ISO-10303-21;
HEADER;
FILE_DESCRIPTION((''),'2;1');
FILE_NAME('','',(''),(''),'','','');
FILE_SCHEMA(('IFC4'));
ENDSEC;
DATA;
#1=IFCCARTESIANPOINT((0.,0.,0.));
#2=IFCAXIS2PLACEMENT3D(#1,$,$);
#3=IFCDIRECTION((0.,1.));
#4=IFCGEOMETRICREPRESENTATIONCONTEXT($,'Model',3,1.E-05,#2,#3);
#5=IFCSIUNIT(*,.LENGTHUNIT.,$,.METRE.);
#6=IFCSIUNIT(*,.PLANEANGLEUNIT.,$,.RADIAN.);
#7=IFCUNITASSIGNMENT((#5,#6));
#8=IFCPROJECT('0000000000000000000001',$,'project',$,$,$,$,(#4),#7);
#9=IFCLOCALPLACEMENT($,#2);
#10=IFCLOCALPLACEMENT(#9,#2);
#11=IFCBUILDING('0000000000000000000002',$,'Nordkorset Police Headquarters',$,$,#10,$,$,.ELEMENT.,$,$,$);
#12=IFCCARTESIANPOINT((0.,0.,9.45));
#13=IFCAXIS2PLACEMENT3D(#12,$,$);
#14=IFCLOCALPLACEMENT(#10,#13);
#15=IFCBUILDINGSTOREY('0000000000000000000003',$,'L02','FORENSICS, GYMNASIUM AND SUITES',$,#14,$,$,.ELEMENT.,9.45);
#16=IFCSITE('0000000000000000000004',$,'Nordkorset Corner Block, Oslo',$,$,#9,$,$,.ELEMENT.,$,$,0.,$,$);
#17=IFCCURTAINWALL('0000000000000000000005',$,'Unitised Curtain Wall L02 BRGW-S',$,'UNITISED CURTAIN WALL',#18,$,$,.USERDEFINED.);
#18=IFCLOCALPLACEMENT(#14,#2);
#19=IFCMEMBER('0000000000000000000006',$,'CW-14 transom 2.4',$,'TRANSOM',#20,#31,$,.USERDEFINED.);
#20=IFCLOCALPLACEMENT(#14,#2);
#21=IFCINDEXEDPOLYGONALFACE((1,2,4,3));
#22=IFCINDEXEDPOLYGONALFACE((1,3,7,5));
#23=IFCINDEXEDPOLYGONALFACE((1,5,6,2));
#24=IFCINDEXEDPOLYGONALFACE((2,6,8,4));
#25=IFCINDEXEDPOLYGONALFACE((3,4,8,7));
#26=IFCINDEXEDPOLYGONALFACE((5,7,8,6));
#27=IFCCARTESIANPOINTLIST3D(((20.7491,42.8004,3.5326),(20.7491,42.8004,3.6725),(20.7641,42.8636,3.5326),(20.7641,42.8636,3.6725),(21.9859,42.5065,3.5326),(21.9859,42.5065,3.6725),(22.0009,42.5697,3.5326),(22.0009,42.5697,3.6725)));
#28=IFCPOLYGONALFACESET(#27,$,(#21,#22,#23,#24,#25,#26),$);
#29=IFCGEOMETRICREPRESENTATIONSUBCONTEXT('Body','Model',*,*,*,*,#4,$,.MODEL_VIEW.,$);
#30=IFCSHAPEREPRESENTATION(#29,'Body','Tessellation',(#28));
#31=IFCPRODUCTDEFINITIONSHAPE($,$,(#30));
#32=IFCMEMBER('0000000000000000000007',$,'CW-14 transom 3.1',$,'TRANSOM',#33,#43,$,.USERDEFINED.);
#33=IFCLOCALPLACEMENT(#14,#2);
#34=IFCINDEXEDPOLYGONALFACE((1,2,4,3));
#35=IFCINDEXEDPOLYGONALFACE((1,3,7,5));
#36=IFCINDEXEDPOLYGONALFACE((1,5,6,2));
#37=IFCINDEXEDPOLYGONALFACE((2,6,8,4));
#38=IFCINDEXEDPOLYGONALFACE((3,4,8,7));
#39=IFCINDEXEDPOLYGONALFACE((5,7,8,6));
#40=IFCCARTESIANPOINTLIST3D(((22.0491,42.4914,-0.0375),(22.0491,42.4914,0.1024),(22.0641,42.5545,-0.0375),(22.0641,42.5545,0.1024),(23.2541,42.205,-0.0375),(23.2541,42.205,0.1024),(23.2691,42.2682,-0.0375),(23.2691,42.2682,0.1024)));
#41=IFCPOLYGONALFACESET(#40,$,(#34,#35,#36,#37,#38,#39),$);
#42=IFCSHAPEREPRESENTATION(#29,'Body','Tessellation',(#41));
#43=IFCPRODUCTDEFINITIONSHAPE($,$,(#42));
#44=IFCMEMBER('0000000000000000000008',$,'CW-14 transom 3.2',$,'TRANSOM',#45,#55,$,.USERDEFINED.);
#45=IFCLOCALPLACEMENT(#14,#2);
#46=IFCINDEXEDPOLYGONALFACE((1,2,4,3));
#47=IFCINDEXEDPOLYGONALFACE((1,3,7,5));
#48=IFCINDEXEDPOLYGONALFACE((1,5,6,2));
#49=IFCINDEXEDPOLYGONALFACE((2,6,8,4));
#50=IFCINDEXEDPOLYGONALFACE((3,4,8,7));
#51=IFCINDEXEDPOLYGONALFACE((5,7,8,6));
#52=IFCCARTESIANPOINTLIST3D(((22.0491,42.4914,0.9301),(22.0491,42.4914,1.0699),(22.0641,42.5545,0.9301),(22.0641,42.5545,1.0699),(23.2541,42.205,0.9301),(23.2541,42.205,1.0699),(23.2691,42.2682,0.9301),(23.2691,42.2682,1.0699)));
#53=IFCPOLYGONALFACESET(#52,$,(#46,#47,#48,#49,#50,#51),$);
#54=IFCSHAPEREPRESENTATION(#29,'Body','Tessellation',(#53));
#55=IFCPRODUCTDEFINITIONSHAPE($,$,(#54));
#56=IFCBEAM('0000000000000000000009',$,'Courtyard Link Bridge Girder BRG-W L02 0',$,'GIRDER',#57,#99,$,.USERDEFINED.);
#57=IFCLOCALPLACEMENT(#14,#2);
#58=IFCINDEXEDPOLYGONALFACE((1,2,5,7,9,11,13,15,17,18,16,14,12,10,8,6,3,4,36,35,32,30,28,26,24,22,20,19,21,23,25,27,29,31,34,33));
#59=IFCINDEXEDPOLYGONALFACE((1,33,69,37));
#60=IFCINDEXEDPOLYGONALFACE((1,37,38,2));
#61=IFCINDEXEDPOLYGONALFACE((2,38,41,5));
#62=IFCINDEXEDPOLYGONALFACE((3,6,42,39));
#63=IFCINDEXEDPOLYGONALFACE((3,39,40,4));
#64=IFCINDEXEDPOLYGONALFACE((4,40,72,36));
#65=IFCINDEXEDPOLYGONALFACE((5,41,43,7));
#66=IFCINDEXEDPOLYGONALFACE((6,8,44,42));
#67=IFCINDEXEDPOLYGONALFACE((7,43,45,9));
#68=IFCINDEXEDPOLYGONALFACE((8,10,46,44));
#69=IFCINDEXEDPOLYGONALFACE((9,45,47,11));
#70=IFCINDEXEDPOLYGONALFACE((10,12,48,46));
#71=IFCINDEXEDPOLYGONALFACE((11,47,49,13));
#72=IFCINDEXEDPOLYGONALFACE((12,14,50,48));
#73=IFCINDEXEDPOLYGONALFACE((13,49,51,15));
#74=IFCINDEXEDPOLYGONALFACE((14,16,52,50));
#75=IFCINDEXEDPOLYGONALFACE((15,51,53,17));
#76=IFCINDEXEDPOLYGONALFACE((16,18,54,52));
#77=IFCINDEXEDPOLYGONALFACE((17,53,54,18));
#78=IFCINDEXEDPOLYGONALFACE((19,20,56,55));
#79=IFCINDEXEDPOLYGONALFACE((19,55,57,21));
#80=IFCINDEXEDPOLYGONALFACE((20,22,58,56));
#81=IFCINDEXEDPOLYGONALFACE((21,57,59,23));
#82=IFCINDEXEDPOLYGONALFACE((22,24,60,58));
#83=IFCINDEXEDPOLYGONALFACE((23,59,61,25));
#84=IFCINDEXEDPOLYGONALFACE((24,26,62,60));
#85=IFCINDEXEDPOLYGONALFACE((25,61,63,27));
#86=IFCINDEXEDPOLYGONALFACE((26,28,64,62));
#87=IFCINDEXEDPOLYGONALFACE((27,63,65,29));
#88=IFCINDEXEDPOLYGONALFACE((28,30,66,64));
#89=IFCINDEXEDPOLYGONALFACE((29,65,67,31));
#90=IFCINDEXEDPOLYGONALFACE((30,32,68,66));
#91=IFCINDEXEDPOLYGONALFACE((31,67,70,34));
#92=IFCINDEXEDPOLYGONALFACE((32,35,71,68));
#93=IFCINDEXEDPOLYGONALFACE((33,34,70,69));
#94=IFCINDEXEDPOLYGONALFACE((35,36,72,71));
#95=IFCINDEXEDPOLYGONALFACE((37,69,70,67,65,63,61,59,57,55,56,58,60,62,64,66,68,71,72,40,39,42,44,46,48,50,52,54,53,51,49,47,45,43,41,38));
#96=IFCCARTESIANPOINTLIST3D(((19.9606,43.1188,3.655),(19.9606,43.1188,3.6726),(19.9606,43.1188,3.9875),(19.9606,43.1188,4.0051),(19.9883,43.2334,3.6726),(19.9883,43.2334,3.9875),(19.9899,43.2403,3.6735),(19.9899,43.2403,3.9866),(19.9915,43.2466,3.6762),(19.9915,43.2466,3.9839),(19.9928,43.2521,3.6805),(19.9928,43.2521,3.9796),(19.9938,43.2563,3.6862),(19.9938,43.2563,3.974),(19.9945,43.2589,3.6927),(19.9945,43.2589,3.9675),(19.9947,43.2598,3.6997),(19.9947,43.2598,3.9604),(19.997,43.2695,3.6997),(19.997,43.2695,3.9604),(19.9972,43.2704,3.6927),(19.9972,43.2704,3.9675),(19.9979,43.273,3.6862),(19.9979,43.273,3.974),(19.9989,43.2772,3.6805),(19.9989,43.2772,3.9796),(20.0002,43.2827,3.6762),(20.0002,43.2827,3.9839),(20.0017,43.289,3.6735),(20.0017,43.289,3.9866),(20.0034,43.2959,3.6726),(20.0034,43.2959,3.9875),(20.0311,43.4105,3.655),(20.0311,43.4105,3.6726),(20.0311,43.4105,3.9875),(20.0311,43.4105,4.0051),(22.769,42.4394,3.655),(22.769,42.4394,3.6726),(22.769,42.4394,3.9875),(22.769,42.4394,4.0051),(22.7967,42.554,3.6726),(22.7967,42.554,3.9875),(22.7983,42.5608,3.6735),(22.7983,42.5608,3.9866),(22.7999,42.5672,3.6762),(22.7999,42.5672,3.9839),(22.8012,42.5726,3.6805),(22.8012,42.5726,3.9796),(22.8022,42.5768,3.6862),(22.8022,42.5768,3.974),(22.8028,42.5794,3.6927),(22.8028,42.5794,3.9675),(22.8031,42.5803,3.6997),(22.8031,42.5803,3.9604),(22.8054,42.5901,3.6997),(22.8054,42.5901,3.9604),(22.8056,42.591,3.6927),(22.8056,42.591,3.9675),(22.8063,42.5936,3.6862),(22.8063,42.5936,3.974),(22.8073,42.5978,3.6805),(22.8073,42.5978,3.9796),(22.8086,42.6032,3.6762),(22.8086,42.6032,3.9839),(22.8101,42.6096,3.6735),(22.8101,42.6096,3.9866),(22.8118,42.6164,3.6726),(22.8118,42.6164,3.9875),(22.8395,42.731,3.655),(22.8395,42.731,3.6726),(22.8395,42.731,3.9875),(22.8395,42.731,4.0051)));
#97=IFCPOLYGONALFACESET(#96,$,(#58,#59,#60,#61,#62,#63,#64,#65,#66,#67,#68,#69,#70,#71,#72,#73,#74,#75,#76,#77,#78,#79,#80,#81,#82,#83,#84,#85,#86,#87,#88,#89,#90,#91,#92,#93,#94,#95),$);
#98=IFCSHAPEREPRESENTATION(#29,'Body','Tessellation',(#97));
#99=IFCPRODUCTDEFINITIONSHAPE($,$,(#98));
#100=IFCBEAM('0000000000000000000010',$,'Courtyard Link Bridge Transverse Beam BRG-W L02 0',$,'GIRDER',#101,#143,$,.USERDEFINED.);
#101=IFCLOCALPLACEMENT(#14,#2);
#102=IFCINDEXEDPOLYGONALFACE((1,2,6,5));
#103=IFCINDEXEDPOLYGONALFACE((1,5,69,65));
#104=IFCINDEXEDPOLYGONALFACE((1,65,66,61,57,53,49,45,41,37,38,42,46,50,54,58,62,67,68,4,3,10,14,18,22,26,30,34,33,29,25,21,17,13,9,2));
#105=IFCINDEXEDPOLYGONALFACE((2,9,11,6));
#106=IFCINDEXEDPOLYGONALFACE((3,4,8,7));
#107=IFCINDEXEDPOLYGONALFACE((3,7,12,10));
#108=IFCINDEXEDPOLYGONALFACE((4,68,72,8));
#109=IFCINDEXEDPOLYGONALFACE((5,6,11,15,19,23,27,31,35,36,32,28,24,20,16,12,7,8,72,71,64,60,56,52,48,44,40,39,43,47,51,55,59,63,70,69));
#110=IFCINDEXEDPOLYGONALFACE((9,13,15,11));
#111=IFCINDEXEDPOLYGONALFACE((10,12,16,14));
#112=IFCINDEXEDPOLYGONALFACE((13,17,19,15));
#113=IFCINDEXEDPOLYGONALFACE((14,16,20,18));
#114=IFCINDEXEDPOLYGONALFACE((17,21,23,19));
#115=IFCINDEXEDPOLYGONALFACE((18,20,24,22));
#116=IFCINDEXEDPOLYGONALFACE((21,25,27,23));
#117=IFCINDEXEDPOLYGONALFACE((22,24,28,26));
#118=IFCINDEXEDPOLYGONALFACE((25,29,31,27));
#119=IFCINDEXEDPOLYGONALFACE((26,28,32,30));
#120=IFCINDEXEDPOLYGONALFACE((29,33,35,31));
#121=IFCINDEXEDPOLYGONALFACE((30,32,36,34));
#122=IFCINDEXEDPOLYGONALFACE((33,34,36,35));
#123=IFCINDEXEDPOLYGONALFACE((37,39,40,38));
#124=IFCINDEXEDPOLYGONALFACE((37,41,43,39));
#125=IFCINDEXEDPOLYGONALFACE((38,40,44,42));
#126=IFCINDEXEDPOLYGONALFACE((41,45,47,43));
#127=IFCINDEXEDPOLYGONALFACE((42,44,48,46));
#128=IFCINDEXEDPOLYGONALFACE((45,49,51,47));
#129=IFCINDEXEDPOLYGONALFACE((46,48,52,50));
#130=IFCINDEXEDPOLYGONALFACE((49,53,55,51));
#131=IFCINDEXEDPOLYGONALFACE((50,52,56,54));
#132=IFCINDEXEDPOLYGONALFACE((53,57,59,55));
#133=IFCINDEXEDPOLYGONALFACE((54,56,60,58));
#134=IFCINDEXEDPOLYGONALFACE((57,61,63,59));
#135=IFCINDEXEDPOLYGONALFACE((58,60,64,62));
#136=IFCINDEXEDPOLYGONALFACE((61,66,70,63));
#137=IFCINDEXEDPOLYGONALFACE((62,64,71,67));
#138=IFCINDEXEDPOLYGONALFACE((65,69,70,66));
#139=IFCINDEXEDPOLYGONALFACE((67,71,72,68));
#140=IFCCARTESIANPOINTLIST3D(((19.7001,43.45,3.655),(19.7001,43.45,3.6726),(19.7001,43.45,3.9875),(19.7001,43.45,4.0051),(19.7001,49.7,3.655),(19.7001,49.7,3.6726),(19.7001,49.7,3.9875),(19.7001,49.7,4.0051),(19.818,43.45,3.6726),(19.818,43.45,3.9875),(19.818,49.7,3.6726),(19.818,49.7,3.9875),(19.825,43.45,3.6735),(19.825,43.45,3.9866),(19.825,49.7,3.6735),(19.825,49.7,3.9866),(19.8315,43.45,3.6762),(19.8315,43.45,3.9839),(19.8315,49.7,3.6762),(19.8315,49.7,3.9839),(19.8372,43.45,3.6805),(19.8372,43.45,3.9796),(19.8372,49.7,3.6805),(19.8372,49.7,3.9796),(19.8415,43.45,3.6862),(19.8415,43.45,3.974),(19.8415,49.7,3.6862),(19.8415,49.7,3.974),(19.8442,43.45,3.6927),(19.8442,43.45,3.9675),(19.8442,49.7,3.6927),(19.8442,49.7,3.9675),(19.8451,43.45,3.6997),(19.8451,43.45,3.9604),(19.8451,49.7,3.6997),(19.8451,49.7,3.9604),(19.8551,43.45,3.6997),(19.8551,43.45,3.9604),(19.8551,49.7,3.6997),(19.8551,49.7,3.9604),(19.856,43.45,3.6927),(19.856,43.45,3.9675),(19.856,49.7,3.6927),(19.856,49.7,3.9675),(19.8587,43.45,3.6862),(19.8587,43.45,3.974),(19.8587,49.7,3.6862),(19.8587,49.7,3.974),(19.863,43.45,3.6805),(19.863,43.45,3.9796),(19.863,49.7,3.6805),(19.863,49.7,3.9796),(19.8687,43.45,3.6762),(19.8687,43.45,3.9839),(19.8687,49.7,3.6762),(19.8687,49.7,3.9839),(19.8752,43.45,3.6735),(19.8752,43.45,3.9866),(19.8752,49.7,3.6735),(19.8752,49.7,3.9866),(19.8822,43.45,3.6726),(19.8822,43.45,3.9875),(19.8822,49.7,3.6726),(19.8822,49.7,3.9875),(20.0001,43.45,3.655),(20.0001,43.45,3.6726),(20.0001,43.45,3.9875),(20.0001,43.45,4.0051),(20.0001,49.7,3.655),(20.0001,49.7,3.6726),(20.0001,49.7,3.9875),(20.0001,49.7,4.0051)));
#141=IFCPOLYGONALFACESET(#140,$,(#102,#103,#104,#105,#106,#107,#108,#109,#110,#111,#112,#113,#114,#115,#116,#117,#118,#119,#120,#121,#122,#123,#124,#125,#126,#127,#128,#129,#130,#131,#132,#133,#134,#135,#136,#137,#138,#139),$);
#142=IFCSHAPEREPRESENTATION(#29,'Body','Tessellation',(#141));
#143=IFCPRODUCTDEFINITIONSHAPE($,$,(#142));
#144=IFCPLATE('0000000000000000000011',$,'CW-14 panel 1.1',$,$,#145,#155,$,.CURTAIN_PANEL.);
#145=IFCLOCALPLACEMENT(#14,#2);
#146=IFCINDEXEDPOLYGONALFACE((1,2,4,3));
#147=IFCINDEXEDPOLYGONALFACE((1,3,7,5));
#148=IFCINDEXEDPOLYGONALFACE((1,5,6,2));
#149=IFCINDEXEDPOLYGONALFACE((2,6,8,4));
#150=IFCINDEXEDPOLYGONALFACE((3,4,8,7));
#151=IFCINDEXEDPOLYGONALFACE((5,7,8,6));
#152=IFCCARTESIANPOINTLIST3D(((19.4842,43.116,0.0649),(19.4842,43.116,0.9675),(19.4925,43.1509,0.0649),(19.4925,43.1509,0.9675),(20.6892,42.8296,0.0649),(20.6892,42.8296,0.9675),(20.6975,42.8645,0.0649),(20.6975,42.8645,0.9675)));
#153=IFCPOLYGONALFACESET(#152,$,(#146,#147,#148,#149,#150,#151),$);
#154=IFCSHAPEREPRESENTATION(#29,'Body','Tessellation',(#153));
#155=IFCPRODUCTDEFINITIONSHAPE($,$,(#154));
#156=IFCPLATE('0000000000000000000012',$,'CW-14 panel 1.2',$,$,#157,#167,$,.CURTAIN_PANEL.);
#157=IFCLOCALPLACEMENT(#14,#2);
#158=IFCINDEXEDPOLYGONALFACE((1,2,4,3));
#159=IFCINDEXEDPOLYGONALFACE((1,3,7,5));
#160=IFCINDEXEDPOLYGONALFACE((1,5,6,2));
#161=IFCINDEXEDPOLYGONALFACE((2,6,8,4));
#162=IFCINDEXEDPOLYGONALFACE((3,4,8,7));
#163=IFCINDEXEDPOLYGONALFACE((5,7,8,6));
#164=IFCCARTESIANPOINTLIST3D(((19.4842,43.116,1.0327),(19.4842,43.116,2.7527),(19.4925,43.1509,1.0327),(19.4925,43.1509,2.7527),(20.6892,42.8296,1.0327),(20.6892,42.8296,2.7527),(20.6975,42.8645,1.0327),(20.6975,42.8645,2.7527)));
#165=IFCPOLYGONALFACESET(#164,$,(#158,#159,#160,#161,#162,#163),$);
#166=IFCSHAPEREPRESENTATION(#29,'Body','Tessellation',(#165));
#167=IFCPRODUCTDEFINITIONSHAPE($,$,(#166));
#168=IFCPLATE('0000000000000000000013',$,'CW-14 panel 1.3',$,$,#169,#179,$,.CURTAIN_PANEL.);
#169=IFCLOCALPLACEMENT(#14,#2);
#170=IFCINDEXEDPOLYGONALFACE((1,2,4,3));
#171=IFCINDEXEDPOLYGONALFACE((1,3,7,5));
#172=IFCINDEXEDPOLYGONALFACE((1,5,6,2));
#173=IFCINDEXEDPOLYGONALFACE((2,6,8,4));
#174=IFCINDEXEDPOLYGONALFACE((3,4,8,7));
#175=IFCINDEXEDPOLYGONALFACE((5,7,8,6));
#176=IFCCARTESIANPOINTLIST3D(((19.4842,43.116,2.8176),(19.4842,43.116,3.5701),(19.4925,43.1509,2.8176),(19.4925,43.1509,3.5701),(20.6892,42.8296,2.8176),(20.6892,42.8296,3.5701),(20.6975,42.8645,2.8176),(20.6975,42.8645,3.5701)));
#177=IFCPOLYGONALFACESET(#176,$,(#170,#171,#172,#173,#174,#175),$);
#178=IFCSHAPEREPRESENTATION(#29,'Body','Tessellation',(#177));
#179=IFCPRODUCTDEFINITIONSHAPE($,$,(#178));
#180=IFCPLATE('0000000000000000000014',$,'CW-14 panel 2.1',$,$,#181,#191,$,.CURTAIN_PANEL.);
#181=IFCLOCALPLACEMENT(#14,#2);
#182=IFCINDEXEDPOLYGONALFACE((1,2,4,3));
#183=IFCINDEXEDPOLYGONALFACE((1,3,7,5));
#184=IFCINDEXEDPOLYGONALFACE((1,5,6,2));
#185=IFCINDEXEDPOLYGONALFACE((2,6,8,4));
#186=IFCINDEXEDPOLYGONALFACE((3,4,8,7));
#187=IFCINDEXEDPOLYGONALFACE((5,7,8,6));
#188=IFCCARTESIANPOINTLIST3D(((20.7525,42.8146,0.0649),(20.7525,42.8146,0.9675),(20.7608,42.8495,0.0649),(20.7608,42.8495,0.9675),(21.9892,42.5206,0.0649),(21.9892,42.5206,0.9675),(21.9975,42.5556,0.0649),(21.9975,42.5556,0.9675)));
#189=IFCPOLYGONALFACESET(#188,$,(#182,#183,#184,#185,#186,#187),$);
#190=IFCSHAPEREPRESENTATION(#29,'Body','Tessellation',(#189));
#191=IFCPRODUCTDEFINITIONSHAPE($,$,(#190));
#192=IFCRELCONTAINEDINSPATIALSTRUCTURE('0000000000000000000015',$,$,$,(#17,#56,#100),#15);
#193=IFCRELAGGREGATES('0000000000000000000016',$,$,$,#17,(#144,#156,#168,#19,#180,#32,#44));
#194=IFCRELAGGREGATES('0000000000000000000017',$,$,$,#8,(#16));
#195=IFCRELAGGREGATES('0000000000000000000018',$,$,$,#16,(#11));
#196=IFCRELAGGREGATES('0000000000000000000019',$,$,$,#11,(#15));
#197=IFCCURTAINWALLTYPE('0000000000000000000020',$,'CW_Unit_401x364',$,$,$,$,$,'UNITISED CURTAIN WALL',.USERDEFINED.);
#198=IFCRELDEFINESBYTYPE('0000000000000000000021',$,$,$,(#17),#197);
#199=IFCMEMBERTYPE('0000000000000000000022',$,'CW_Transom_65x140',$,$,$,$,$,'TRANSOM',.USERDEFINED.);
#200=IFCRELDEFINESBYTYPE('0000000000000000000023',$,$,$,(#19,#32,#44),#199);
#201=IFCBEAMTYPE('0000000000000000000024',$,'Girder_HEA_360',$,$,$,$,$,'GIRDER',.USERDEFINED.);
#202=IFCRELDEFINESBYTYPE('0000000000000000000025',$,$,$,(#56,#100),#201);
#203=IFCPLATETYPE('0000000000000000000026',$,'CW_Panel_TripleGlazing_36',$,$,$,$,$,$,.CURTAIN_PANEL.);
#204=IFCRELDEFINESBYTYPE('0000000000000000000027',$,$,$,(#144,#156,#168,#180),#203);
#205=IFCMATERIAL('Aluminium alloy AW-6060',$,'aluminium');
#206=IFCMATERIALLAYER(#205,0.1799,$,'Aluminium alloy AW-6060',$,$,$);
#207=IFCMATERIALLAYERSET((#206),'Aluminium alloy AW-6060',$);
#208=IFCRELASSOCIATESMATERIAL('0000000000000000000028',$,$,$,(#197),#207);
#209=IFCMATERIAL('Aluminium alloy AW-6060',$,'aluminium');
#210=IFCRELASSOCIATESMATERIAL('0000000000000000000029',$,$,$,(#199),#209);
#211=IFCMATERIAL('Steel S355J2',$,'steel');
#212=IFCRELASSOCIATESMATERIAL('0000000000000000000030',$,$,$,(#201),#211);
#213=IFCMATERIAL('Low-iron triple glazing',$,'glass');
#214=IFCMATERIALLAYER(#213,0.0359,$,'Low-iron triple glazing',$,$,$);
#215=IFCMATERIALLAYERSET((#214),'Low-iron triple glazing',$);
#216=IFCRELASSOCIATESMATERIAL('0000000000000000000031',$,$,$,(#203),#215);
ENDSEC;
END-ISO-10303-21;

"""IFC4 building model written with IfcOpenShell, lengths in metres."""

from ifc_helpers import new_model, si_unit, direction, frame, origin, origin_2d, place, context, subcontext, project, spatial, rectangle, i_section, extrude, material, layer, layer_set, material_profile, profile_set, type_object, element, aggregate, save


model = new_model("IFC4")

# Units and contexts
model_context = context("Model", 3, precision=1e-05, world=origin(), true_north=direction((0.0, 1.0)))
body_context = subcontext(model_context, "Body", "Model", "MODEL_VIEW")
ifc_project = project(units=[si_unit("LENGTHUNIT", "METRE"), si_unit("PLANEANGLEUNIT", "RADIAN")], contexts=[model_context])

# Site, building, storey
site_placement = place(None, origin())
site = spatial("IfcSite", under=ifc_project, at=site_placement, Name="Nordkorset Corner Block, Oslo", CompositionType="ELEMENT", RefElevation=0.0)
building_placement = place(site_placement, origin())
building = spatial("IfcBuilding", under=site, at=building_placement, Name="Nordkorset Police Headquarters", CompositionType="ELEMENT")
storey_placement = place(building_placement, frame((0.0, 0.0, 9.45)))
storey = spatial("IfcBuildingStorey", under=building, at=storey_placement, Name="L02", Description="FORENSICS, GYMNASIUM AND SUITES", CompositionType="ELEMENT", Elevation=9.45)

# Curtain wall, members
ifc_material_1 = material(Name="Aluminium alloy AW-6060", Category="aluminium")
ifc_layer_1 = layer(ifc_material_1, 0.1799, Name="Aluminium alloy AW-6060")
ifc_layer_set_1 = layer_set([ifc_layer_1], Name="Aluminium alloy AW-6060")
curtain_wall_type = type_object("IfcCurtainWallType", Name="CW_Unit_401x364", ElementType="UNITISED CURTAIN WALL", PredefinedType="USERDEFINED", material=ifc_layer_set_1)
curtain_wall_placement = place(storey_placement, origin())
curtain_wall = element("IfcCurtainWall", 1, at=curtain_wall_placement, inside=storey, type_object=curtain_wall_type, Name="Unitised Curtain Wall L02 BRGW-S", ObjectType="UNITISED CURTAIN WALL", PredefinedType="USERDEFINED")
ifc_material_2 = material(Name="Aluminium alloy AW-6060", Category="aluminium")
ifc_material_profile_1 = material_profile(ifc_material_2, rectangle(XDim=0.0649, YDim=0.1399, at=origin_2d()), Name="ALU TRAN 65x140")
ifc_profile_set_1 = profile_set([ifc_material_profile_1], Name="Aluminium alloy AW-6060")
member_type_1 = type_object("IfcMemberType", Name="CW_Transom_65x140", ElementType="TRANSOM", PredefinedType="USERDEFINED", material=ifc_profile_set_1)
member_1_placement = place(storey_placement, frame((20.7566, 42.832, 3.6025), z_axis=(0.972901, -0.231222, 0.0), x_axis=(0.231222, 0.972901, 0.0)))
member_1 = element("IfcMember", 2, at=member_1_placement, type_object=member_type_1, Name="CW-14 transom 2.4", ObjectType="TRANSOM", PredefinedType="USERDEFINED", context=body_context, shape_type="SweptSolid", body=[
    extrude(rectangle(XDim=0.0649, YDim=0.1399, at=origin_2d()), origin(), (0.0, 0.0, 1.0), 1.2712),
])
member_2_placement = place(storey_placement, frame((22.0566, 42.5229, 0.0325), z_axis=(0.972906, -0.231203, 0.0), x_axis=(0.231203, 0.972906, 0.0)))
member_2 = element("IfcMember", 3, at=member_2_placement, type_object=member_type_1, Name="CW-14 transom 3.1", ObjectType="TRANSOM", PredefinedType="USERDEFINED", context=body_context, shape_type="SweptSolid", body=[
    extrude(rectangle(XDim=0.0649, YDim=0.1399, at=origin_2d()), origin(), (0.0, 0.0, 1.0), 1.2385),
])
member_3_placement = place(storey_placement, frame((22.0566, 42.5229, 1.0), z_axis=(0.972906, -0.231203, 0.0), x_axis=(0.231203, 0.972906, 0.0)))
member_3 = element("IfcMember", 4, at=member_3_placement, type_object=member_type_1, Name="CW-14 transom 3.2", ObjectType="TRANSOM", PredefinedType="USERDEFINED", context=body_context, shape_type="SweptSolid", body=[
    extrude(rectangle(XDim=0.0649, YDim=0.1399, at=origin_2d()), origin(), (0.0, 0.0, 1.0), 1.2385),
])

# Beams
ifc_material_3 = material(Name="Steel S355J2", Category="steel")
ifc_material_profile_2 = material_profile(ifc_material_3, i_section(OverallWidth=0.3, OverallDepth=0.3501, WebThickness=0.01, FlangeThickness=0.0176, FilletRadius=0.0271, at=origin_2d()), Name="HEA 360")
ifc_profile_set_2 = profile_set([ifc_material_profile_2], Name="Steel S355J2")
beam_type = type_object("IfcBeamType", Name="Girder_HEA_360", ElementType="GIRDER", PredefinedType="USERDEFINED", material=ifc_profile_set_2)
beam_1_placement = place(storey_placement, frame((19.9958, 43.2646, 3.8301), z_axis=(0.971958, -0.235153, 0.0), x_axis=(0.235153, 0.971958, 0.0)))
element("IfcBeam", 5, at=beam_1_placement, inside=storey, type_object=beam_type, Name="Courtyard Link Bridge Girder BRG-W L02 0", ObjectType="GIRDER", PredefinedType="USERDEFINED", context=body_context, shape_type="SweptSolid", body=[
    extrude(i_section(OverallWidth=0.3, OverallDepth=0.3501, WebThickness=0.01, FlangeThickness=0.0176, FilletRadius=0.0271, at=origin_2d()), origin(), (0.0, 0.0, 1.0), 2.8894),
])
beam_2_placement = place(storey_placement, frame((19.8501, 43.45, 3.8301), z_axis=(0.0, 1.0, 0.0), x_axis=(-1.0, 0.0, 0.0)))
element("IfcBeam", 6, at=beam_2_placement, inside=storey, type_object=beam_type, Name="Courtyard Link Bridge Transverse Beam BRG-W L02 0", ObjectType="GIRDER", PredefinedType="USERDEFINED", context=body_context, shape_type="SweptSolid", body=[
    extrude(i_section(OverallWidth=0.3, OverallDepth=0.3501, WebThickness=0.01, FlangeThickness=0.0176, FilletRadius=0.0271, at=origin_2d()), origin(), (0.0, 0.0, 1.0), 6.25),
])

# Plates
ifc_material_4 = material(Name="Low-iron triple glazing", Category="glass")
ifc_layer_2 = layer(ifc_material_4, 0.0359, Name="Low-iron triple glazing")
ifc_layer_set_2 = layer_set([ifc_layer_2], Name="Low-iron triple glazing")
plate_type_1 = type_object("IfcPlateType", Name="CW_Panel_TripleGlazing_36", PredefinedType="CURTAIN_PANEL", material=ifc_layer_set_2)
plate_1_placement = place(storey_placement, frame((20.0908, 42.9902, 0.0649), z_axis=(0.0, 0.0, 1.0), x_axis=(0.972905, -0.231206, 0.0)))
plate_1 = element("IfcPlate", 7, at=plate_1_placement, type_object=plate_type_1, Name="CW-14 panel 1.1", PredefinedType="CURTAIN_PANEL", context=body_context, shape_type="SweptSolid", body=[
    extrude(rectangle(XDim=1.2385, YDim=0.0359, at=origin_2d()), origin(), (0.0, 0.0, 1.0), 0.9026),
])
plate_2_placement = place(storey_placement, frame((20.0908, 42.9902, 1.0327), z_axis=(0.0, 0.0, 1.0), x_axis=(0.972905, -0.231206, 0.0)))
plate_2 = element("IfcPlate", 8, at=plate_2_placement, type_object=plate_type_1, Name="CW-14 panel 1.2", PredefinedType="CURTAIN_PANEL", context=body_context, shape_type="SweptSolid", body=[
    extrude(rectangle(XDim=1.2385, YDim=0.0359, at=origin_2d()), origin(), (0.0, 0.0, 1.0), 1.72),
])
plate_3_placement = place(storey_placement, frame((20.0908, 42.9902, 2.8176), z_axis=(0.0, 0.0, 1.0), x_axis=(0.972905, -0.231206, 0.0)))
plate_3 = element("IfcPlate", 9, at=plate_3_placement, type_object=plate_type_1, Name="CW-14 panel 1.3", PredefinedType="CURTAIN_PANEL", context=body_context, shape_type="SweptSolid", body=[
    extrude(rectangle(XDim=1.2385, YDim=0.0359, at=origin_2d()), origin(), (0.0, 0.0, 1.0), 0.7524),
])
plate_4_placement = place(storey_placement, frame((21.375, 42.6851, 0.0649), z_axis=(0.0, 0.0, 1.0), x_axis=(0.972905, -0.231206, 0.0)))
plate_4 = element("IfcPlate", 10, at=plate_4_placement, type_object=plate_type_1, Name="CW-14 panel 2.1", PredefinedType="CURTAIN_PANEL", context=body_context, shape_type="SweptSolid", body=[
    extrude(rectangle(XDim=1.2712, YDim=0.0359, at=origin_2d()), origin(), (0.0, 0.0, 1.0), 0.9026),
])
aggregate(curtain_wall, [plate_1, plate_2, plate_3, member_1, plate_4, member_2, member_3])

save(model, "model.ifc")
